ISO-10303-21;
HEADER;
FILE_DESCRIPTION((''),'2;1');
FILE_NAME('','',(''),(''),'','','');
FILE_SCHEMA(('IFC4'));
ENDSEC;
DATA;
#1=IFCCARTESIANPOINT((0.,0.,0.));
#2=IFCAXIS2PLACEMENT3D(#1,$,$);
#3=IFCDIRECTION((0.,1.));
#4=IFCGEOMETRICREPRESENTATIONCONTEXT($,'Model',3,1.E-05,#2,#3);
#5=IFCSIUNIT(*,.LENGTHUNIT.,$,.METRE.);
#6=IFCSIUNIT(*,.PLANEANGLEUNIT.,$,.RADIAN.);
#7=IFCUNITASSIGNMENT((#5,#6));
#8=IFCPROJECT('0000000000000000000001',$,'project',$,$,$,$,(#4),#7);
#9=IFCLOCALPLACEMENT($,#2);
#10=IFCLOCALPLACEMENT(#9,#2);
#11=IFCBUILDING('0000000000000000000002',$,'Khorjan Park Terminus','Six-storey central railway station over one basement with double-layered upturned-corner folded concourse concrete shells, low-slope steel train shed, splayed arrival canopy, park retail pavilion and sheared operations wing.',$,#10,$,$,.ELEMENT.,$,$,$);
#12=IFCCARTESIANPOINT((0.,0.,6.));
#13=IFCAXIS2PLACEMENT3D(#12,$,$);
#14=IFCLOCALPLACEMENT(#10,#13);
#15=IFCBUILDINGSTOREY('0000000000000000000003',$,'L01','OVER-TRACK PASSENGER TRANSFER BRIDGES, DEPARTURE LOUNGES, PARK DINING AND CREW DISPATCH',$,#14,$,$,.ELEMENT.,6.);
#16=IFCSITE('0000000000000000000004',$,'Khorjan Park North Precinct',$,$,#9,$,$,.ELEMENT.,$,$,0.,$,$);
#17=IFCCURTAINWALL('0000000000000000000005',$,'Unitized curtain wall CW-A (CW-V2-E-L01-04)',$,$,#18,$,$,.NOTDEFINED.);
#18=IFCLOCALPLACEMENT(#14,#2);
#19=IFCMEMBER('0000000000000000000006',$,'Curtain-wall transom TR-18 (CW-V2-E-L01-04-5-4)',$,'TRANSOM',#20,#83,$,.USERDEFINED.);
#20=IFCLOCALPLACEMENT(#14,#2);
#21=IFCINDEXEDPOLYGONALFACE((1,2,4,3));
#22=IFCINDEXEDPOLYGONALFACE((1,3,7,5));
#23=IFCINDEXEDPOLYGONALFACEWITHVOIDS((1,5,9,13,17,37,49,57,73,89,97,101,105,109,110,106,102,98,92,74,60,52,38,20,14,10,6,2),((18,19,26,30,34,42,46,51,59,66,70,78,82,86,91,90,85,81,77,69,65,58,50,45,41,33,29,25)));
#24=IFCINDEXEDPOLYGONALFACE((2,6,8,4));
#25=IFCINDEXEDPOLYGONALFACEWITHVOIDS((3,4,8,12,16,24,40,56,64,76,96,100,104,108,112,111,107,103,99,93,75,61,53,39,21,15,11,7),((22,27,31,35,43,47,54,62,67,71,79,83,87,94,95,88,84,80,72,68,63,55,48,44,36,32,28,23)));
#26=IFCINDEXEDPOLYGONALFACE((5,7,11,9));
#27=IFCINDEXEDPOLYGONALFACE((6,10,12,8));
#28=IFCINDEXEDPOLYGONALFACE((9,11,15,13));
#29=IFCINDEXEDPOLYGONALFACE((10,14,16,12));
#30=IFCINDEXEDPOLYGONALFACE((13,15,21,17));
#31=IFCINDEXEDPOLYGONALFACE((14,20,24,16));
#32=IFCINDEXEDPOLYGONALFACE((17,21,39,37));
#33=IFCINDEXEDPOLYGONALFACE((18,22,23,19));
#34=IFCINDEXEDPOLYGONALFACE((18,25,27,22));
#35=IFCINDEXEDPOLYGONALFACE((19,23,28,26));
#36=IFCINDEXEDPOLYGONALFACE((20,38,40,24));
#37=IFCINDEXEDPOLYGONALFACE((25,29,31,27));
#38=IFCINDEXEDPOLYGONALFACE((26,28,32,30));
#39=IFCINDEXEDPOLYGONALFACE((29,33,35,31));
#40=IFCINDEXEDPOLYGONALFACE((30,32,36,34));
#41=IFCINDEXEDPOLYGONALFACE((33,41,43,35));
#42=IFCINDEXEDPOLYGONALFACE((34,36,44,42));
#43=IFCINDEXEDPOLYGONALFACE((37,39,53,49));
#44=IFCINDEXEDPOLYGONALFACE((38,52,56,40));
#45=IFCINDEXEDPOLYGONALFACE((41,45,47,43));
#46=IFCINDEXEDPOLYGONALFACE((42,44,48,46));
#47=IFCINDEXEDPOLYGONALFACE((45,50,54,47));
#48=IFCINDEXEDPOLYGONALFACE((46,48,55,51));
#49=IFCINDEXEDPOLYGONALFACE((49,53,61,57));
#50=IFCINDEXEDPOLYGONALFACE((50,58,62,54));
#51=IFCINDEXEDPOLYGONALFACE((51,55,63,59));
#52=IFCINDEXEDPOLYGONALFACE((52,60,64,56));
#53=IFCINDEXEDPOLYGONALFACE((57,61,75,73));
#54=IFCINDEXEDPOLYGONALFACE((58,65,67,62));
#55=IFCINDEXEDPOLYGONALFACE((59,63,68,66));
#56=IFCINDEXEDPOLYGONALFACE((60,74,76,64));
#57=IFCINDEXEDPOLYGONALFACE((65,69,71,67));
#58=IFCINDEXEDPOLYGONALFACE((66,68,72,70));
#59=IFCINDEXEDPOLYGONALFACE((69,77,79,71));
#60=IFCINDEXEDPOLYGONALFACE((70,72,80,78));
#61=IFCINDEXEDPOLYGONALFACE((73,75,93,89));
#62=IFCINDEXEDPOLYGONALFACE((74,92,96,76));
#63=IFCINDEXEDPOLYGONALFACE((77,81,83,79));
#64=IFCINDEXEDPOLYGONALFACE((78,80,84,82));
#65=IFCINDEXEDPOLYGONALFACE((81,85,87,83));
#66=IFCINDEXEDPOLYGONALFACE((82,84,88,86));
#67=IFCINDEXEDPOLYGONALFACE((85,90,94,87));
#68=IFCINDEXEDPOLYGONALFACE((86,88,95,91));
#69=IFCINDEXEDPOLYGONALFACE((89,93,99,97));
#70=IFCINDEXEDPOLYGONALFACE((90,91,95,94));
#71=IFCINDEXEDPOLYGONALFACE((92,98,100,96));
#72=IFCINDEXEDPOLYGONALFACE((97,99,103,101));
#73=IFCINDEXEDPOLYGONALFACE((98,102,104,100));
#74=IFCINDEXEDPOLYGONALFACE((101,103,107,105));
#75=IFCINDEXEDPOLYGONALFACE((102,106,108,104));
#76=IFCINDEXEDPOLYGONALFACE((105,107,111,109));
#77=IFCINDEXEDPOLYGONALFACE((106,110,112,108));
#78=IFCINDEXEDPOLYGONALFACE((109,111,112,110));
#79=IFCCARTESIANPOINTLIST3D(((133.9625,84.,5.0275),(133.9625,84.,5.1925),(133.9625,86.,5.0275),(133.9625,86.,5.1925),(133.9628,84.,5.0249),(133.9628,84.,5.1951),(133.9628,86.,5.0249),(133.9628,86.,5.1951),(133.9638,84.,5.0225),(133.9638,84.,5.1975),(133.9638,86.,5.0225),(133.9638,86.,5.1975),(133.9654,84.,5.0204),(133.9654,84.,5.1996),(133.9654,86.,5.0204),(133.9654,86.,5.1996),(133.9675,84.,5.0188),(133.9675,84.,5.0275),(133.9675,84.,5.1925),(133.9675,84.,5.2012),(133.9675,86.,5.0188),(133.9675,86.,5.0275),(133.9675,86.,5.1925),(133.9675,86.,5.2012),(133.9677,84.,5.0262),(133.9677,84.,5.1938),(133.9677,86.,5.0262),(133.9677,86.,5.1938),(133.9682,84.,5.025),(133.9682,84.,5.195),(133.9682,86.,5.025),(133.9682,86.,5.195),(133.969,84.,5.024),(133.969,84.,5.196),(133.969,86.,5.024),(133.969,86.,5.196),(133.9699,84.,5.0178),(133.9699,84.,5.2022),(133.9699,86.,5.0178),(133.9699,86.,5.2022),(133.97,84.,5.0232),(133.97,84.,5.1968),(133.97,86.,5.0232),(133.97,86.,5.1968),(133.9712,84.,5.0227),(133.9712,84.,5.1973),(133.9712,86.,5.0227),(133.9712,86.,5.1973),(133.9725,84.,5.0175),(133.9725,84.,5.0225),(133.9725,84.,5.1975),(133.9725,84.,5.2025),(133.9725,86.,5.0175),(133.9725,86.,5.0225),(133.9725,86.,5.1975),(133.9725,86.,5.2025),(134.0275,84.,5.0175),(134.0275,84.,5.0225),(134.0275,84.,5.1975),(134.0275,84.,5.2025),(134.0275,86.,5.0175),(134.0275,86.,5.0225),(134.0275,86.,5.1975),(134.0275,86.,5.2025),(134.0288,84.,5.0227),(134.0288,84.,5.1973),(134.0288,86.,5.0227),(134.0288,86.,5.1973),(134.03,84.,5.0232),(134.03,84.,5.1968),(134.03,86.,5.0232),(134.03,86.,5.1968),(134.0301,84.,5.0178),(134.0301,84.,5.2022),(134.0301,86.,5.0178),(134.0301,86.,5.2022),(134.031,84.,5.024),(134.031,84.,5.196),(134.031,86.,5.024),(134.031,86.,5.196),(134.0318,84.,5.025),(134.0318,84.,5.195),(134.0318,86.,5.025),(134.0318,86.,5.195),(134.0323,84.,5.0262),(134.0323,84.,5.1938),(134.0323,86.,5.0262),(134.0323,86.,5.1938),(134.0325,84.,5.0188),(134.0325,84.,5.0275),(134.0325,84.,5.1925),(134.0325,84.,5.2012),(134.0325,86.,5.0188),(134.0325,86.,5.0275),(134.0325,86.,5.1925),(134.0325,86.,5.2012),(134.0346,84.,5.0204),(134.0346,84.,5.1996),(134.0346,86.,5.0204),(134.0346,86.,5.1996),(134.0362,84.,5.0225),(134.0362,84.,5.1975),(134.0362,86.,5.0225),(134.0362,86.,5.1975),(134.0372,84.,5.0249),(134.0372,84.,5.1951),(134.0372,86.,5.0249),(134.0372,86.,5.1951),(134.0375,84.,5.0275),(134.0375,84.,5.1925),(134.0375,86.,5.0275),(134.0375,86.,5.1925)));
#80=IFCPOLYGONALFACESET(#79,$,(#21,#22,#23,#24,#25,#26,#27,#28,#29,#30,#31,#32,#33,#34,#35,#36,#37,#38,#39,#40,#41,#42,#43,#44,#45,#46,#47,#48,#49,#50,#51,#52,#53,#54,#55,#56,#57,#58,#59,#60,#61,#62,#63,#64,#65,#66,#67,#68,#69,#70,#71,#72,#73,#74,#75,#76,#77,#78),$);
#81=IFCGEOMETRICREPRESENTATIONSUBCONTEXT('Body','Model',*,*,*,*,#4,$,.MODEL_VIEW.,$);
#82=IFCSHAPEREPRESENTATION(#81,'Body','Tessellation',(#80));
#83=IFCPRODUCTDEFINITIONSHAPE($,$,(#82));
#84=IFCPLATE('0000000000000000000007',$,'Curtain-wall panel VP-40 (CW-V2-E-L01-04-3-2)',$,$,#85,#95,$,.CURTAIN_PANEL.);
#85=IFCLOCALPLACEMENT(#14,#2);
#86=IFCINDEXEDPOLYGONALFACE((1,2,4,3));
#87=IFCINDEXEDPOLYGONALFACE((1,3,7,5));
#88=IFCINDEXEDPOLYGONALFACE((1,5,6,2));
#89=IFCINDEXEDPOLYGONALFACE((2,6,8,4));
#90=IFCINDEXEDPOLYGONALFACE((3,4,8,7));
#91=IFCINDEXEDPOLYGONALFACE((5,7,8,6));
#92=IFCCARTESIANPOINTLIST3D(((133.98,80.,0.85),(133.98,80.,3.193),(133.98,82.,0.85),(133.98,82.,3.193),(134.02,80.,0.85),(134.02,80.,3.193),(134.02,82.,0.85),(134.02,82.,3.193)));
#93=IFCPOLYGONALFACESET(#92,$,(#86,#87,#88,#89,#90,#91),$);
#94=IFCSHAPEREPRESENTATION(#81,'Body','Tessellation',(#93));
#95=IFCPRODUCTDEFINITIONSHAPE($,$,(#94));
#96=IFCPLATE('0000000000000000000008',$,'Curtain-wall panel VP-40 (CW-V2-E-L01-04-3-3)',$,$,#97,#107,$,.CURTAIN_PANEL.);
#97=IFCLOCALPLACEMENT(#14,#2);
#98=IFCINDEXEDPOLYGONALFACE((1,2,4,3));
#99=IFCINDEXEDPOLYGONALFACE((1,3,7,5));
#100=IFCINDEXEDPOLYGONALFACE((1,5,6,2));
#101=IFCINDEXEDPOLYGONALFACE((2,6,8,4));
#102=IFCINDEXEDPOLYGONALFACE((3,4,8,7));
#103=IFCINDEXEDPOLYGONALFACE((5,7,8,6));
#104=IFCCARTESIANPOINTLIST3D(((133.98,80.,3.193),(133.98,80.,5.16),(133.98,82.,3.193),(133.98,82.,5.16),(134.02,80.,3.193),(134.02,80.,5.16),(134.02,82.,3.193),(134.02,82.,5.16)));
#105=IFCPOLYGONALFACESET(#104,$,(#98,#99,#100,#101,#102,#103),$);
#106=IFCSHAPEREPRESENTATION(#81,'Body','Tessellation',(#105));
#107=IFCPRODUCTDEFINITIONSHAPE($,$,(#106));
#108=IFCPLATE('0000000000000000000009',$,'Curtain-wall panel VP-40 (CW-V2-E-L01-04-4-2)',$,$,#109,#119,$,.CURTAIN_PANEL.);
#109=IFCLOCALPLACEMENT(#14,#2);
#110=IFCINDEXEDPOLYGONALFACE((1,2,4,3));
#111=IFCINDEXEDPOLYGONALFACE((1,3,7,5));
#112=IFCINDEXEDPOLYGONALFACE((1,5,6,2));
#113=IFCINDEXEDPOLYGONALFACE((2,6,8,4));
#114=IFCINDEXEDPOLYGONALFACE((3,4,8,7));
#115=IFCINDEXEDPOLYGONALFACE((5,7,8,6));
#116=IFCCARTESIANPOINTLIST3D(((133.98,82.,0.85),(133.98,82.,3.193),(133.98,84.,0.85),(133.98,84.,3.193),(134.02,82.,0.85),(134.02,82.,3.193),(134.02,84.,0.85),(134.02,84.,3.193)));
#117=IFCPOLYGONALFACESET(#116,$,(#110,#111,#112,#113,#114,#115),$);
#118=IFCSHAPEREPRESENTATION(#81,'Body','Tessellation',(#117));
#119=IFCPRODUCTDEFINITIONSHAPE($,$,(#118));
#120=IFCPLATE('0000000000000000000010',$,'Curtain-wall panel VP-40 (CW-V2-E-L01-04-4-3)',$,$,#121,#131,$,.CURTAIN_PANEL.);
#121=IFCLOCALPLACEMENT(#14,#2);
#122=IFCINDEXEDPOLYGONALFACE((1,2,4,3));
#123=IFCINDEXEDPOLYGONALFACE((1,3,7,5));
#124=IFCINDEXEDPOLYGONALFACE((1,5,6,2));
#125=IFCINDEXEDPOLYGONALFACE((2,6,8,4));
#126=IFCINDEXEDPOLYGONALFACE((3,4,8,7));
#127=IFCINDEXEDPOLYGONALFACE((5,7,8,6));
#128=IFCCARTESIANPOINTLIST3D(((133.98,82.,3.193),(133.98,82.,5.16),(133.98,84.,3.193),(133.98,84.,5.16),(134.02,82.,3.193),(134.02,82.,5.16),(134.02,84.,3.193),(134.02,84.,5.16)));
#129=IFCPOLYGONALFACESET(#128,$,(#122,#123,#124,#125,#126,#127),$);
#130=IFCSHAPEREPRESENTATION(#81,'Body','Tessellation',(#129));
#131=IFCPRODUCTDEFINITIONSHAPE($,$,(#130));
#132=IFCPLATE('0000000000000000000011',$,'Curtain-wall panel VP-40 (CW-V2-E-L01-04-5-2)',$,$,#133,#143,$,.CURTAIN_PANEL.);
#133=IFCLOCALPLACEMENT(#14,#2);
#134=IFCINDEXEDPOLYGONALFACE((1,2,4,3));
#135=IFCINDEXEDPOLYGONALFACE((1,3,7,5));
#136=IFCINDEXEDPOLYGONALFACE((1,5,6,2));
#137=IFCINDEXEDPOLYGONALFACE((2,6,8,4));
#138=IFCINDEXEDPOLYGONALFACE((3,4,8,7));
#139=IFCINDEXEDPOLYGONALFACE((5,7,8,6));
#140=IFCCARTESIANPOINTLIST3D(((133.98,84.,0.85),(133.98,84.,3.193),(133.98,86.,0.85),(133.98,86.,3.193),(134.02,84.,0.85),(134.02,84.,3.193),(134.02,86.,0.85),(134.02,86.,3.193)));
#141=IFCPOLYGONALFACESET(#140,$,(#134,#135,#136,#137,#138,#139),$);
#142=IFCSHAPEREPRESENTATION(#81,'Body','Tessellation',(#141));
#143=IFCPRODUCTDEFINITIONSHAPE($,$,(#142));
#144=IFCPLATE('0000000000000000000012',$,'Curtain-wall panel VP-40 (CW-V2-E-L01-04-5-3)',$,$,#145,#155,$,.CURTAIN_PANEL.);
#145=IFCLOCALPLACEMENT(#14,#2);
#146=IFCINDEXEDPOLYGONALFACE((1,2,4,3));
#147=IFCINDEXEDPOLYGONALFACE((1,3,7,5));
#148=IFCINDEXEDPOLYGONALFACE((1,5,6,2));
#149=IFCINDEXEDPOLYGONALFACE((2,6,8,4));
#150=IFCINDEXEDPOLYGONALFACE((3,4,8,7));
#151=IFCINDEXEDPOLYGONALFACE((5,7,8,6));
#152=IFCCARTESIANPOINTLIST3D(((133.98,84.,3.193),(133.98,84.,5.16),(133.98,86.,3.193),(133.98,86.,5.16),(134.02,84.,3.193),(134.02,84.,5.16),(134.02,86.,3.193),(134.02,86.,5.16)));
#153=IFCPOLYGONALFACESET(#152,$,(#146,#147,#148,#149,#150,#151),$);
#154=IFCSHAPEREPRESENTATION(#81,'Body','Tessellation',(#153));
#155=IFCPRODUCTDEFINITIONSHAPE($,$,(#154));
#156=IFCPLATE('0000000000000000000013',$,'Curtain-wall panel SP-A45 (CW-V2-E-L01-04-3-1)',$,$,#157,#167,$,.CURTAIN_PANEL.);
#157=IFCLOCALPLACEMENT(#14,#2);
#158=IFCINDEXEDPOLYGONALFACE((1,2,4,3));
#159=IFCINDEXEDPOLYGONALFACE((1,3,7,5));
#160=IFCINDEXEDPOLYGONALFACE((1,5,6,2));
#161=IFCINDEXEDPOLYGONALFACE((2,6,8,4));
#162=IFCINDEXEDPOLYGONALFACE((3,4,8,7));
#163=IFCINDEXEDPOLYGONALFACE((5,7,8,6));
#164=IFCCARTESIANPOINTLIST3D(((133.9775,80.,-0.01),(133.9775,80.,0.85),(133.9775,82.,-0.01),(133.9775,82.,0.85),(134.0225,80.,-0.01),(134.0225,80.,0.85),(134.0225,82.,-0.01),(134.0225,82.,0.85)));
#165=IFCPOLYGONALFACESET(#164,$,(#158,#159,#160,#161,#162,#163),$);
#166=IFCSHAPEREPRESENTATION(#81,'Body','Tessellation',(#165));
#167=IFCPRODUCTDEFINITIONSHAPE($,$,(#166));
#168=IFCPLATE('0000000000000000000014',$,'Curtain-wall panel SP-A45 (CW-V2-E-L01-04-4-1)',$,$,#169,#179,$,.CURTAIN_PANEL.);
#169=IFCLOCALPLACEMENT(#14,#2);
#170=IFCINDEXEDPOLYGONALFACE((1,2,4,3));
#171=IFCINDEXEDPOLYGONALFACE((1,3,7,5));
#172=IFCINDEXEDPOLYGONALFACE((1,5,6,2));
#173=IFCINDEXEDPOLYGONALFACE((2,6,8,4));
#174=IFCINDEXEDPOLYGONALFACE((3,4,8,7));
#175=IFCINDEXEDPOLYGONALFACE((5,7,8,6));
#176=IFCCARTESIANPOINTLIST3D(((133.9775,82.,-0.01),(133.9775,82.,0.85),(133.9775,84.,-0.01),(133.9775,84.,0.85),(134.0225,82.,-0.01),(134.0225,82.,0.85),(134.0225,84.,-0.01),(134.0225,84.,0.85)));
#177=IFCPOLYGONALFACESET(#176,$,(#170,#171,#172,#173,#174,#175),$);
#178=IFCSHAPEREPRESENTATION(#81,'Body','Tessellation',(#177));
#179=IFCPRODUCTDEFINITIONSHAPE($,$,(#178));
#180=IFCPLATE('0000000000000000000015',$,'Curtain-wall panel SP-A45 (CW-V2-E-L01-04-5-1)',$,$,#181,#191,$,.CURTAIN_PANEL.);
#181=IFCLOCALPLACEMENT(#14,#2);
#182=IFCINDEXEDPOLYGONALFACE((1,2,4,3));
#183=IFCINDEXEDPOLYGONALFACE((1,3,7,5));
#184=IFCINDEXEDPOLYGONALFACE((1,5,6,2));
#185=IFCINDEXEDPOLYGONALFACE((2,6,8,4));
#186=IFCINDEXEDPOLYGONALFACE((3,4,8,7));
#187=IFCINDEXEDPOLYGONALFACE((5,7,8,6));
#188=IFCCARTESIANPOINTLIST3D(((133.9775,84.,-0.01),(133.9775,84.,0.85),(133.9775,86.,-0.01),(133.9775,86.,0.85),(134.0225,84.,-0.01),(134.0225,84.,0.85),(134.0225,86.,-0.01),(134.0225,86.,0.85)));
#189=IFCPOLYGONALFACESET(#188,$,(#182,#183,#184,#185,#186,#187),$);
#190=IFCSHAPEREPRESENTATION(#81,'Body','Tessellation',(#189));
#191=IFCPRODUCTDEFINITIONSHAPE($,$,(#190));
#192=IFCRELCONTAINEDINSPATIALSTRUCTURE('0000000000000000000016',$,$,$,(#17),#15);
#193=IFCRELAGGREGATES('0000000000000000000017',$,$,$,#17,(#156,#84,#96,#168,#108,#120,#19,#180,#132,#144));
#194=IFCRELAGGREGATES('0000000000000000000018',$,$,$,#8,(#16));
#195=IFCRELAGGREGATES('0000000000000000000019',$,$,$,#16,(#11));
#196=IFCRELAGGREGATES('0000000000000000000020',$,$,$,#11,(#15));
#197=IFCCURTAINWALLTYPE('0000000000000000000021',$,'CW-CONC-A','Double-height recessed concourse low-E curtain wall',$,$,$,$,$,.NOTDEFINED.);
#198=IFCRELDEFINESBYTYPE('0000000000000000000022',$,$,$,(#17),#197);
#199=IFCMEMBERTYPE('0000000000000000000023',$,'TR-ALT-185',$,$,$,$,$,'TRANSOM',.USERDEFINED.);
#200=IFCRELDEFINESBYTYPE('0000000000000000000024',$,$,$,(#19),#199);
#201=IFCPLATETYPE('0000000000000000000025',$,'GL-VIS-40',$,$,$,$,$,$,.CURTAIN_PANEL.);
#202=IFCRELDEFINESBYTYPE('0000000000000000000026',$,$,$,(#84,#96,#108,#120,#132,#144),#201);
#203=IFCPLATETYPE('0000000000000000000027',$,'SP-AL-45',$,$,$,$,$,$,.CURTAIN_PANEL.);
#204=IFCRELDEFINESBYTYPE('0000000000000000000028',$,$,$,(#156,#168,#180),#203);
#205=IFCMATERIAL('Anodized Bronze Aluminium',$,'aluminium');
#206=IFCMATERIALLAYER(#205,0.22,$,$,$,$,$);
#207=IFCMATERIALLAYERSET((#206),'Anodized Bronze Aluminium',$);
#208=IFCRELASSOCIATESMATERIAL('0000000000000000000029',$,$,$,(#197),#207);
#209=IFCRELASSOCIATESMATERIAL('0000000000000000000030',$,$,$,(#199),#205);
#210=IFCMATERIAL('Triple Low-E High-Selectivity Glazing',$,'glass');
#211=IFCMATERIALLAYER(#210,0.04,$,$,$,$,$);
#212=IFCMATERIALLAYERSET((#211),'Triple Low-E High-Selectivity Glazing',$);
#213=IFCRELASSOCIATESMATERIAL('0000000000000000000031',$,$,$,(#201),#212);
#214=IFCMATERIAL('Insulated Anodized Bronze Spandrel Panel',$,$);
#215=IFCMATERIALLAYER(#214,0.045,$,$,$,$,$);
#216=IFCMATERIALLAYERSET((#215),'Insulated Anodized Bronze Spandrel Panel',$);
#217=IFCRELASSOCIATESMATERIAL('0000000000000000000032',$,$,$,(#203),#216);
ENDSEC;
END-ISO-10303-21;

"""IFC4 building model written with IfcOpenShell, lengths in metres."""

from ifc_helpers import new_model, si_unit, direction, frame, origin, origin_2d, place, context, subcontext, project, spatial, rectangle, hollow_rectangle, extrude, material, layer, layer_set, material_profile, profile_set, type_object, element, aggregate, save


model = new_model("IFC4")

# Units and contexts
model_context = context("Model", 3, precision=1e-05, world=origin(), true_north=direction((0.0, 1.0)))
body_context = subcontext(model_context, "Body", "Model", "MODEL_VIEW")
ifc_project = project(units=[si_unit("LENGTHUNIT", "METRE"), si_unit("PLANEANGLEUNIT", "RADIAN")], contexts=[model_context])

# Site, building, storey
site_placement = place(None, origin())
site = spatial("IfcSite", under=ifc_project, at=site_placement, Name="Khorjan Park North Precinct", CompositionType="ELEMENT", RefElevation=0.0)
building_placement = place(site_placement, origin())
building = spatial("IfcBuilding", under=site, at=building_placement, Name="Khorjan Park Terminus", Description="Six-storey central railway station over one basement with double-layered upturned-corner folded concourse concrete shells, low-slope steel train shed, splayed arrival canopy, park retail pavilion and sheared operations wing.", CompositionType="ELEMENT")
storey_placement = place(building_placement, frame((0.0, 0.0, 6.0)))
storey = spatial("IfcBuildingStorey", under=building, at=storey_placement, Name="L01", Description="OVER-TRACK PASSENGER TRANSFER BRIDGES, DEPARTURE LOUNGES, PARK DINING AND CREW DISPATCH", CompositionType="ELEMENT", Elevation=6.0)

# Shared definitions
ifc_material_1 = material(Name="Anodized Bronze Aluminium", Category="aluminium")
ifc_layer_1 = layer(ifc_material_1, 0.22)
ifc_layer_set_1 = layer_set([ifc_layer_1], Name="Anodized Bronze Aluminium")
curtain_wall_type = type_object("IfcCurtainWallType", Name="CW-CONC-A", Description="Double-height recessed concourse low-E curtain wall", PredefinedType="NOTDEFINED", material=ifc_layer_set_1)

# Curtain wall
curtain_wall_1_placement = place(storey_placement, origin())
curtain_wall_1 = element("IfcCurtainWall", 1, at=curtain_wall_1_placement, inside=storey, type_object=curtain_wall_type, Name="Unitized curtain wall CW-A (CW-V2-E-L01-04)", PredefinedType="NOTDEFINED")

# Member
ifc_material_profile_1 = material_profile(ifc_material_1, hollow_rectangle(XDim=0.075, YDim=0.185, WallThickness=0.005, InnerFilletRadius=0.005, OuterFilletRadius=0.01, at=origin_2d()), Name="ALT 75x185x5")
ifc_profile_set_1 = profile_set([ifc_material_profile_1], Name="Anodized Bronze Aluminium")
member_type_1 = type_object("IfcMemberType", Name="TR-ALT-185", ElementType="TRANSOM", PredefinedType="USERDEFINED", material=ifc_profile_set_1)
member_1_placement = place(storey_placement, frame((134.0, 84.0, 5.11), z_axis=(0.0, 1.0, 0.0), x_axis=(-1.0, 0.0, 0.0)))
member_1 = element("IfcMember", 2, at=member_1_placement, type_object=member_type_1, Name="Curtain-wall transom TR-18 (CW-V2-E-L01-04-5-4)", ObjectType="TRANSOM", PredefinedType="USERDEFINED", context=body_context, shape_type="SweptSolid", body=[
    extrude(hollow_rectangle(XDim=0.075, YDim=0.185, WallThickness=0.005, InnerFilletRadius=0.005, OuterFilletRadius=0.01, at=origin_2d()), origin(), (0.0, 0.0, 1.0), 2.0),
])

# Plates
ifc_material_2 = material(Name="Triple Low-E High-Selectivity Glazing", Category="glass")
ifc_layer_2 = layer(ifc_material_2, 0.04)
ifc_layer_set_2 = layer_set([ifc_layer_2], Name="Triple Low-E High-Selectivity Glazing")
plate_type_1 = type_object("IfcPlateType", Name="GL-VIS-40", PredefinedType="CURTAIN_PANEL", material=ifc_layer_set_2)
plate_1_placement = place(storey_placement, frame((134.0, 81.0, 0.85), z_axis=(0.0, 0.0, 1.0), x_axis=(0.0, 1.0, 0.0)))
plate_1 = element("IfcPlate", 3, at=plate_1_placement, type_object=plate_type_1, Name="Curtain-wall panel VP-40 (CW-V2-E-L01-04-3-2)", PredefinedType="CURTAIN_PANEL", context=body_context, shape_type="SweptSolid", body=[
    extrude(rectangle(XDim=2.0, YDim=0.04, at=origin_2d()), origin(), (0.0, 0.0, 1.0), 2.343),
])
plate_2_placement = place(storey_placement, frame((134.0, 81.0, 3.193), z_axis=(0.0, 0.0, 1.0), x_axis=(0.0, 1.0, 0.0)))
plate_2 = element("IfcPlate", 4, at=plate_2_placement, type_object=plate_type_1, Name="Curtain-wall panel VP-40 (CW-V2-E-L01-04-3-3)", PredefinedType="CURTAIN_PANEL", context=body_context, shape_type="SweptSolid", body=[
    extrude(rectangle(XDim=2.0, YDim=0.04, at=origin_2d()), origin(), (0.0, 0.0, 1.0), 1.967),
])
plate_3_placement = place(storey_placement, frame((134.0, 83.0, 0.85), z_axis=(0.0, 0.0, 1.0), x_axis=(0.0, 1.0, 0.0)))
plate_3 = element("IfcPlate", 5, at=plate_3_placement, type_object=plate_type_1, Name="Curtain-wall panel VP-40 (CW-V2-E-L01-04-4-2)", PredefinedType="CURTAIN_PANEL", context=body_context, shape_type="SweptSolid", body=[
    extrude(rectangle(XDim=2.0, YDim=0.04, at=origin_2d()), origin(), (0.0, 0.0, 1.0), 2.343),
])
plate_4_placement = place(storey_placement, frame((134.0, 83.0, 3.193), z_axis=(0.0, 0.0, 1.0), x_axis=(0.0, 1.0, 0.0)))
plate_4 = element("IfcPlate", 6, at=plate_4_placement, type_object=plate_type_1, Name="Curtain-wall panel VP-40 (CW-V2-E-L01-04-4-3)", PredefinedType="CURTAIN_PANEL", context=body_context, shape_type="SweptSolid", body=[
    extrude(rectangle(XDim=2.0, YDim=0.04, at=origin_2d()), origin(), (0.0, 0.0, 1.0), 1.967),
])
plate_5_placement = place(storey_placement, frame((134.0, 85.0, 0.85), z_axis=(0.0, 0.0, 1.0), x_axis=(0.0, 1.0, 0.0)))
plate_5 = element("IfcPlate", 7, at=plate_5_placement, type_object=plate_type_1, Name="Curtain-wall panel VP-40 (CW-V2-E-L01-04-5-2)", PredefinedType="CURTAIN_PANEL", context=body_context, shape_type="SweptSolid", body=[
    extrude(rectangle(XDim=2.0, YDim=0.04, at=origin_2d()), origin(), (0.0, 0.0, 1.0), 2.343),
])
plate_6_placement = place(storey_placement, frame((134.0, 85.0, 3.193), z_axis=(0.0, 0.0, 1.0), x_axis=(0.0, 1.0, 0.0)))
plate_6 = element("IfcPlate", 8, at=plate_6_placement, type_object=plate_type_1, Name="Curtain-wall panel VP-40 (CW-V2-E-L01-04-5-3)", PredefinedType="CURTAIN_PANEL", context=body_context, shape_type="SweptSolid", body=[
    extrude(rectangle(XDim=2.0, YDim=0.04, at=origin_2d()), origin(), (0.0, 0.0, 1.0), 1.967),
])
ifc_material_3 = material(Name="Insulated Anodized Bronze Spandrel Panel")
ifc_layer_3 = layer(ifc_material_3, 0.045)
ifc_layer_set_3 = layer_set([ifc_layer_3], Name="Insulated Anodized Bronze Spandrel Panel")
plate_type_2 = type_object("IfcPlateType", Name="SP-AL-45", PredefinedType="CURTAIN_PANEL", material=ifc_layer_set_3)
plate_7_placement = place(storey_placement, frame((134.0, 81.0, -0.01), z_axis=(0.0, 0.0, 1.0), x_axis=(0.0, 1.0, 0.0)))
plate_7 = element("IfcPlate", 9, at=plate_7_placement, type_object=plate_type_2, Name="Curtain-wall panel SP-A45 (CW-V2-E-L01-04-3-1)", PredefinedType="CURTAIN_PANEL", context=body_context, shape_type="SweptSolid", body=[
    extrude(rectangle(XDim=2.0, YDim=0.045, at=origin_2d()), origin(), (0.0, 0.0, 1.0), 0.86),
])
plate_8_placement = place(storey_placement, frame((134.0, 83.0, -0.01), z_axis=(0.0, 0.0, 1.0), x_axis=(0.0, 1.0, 0.0)))
plate_8 = element("IfcPlate", 10, at=plate_8_placement, type_object=plate_type_2, Name="Curtain-wall panel SP-A45 (CW-V2-E-L01-04-4-1)", PredefinedType="CURTAIN_PANEL", context=body_context, shape_type="SweptSolid", body=[
    extrude(rectangle(XDim=2.0, YDim=0.045, at=origin_2d()), origin(), (0.0, 0.0, 1.0), 0.86),
])
plate_9_placement = place(storey_placement, frame((134.0, 85.0, -0.01), z_axis=(0.0, 0.0, 1.0), x_axis=(0.0, 1.0, 0.0)))
plate_9 = element("IfcPlate", 11, at=plate_9_placement, type_object=plate_type_2, Name="Curtain-wall panel SP-A45 (CW-V2-E-L01-04-5-1)", PredefinedType="CURTAIN_PANEL", context=body_context, shape_type="SweptSolid", body=[
    extrude(rectangle(XDim=2.0, YDim=0.045, at=origin_2d()), origin(), (0.0, 0.0, 1.0), 0.86),
])
aggregate(curtain_wall_1, [plate_7, plate_1, plate_2, plate_8, plate_3, plate_4, member_1, plate_9, plate_5, plate_6])

save(model, "model.ifc")
